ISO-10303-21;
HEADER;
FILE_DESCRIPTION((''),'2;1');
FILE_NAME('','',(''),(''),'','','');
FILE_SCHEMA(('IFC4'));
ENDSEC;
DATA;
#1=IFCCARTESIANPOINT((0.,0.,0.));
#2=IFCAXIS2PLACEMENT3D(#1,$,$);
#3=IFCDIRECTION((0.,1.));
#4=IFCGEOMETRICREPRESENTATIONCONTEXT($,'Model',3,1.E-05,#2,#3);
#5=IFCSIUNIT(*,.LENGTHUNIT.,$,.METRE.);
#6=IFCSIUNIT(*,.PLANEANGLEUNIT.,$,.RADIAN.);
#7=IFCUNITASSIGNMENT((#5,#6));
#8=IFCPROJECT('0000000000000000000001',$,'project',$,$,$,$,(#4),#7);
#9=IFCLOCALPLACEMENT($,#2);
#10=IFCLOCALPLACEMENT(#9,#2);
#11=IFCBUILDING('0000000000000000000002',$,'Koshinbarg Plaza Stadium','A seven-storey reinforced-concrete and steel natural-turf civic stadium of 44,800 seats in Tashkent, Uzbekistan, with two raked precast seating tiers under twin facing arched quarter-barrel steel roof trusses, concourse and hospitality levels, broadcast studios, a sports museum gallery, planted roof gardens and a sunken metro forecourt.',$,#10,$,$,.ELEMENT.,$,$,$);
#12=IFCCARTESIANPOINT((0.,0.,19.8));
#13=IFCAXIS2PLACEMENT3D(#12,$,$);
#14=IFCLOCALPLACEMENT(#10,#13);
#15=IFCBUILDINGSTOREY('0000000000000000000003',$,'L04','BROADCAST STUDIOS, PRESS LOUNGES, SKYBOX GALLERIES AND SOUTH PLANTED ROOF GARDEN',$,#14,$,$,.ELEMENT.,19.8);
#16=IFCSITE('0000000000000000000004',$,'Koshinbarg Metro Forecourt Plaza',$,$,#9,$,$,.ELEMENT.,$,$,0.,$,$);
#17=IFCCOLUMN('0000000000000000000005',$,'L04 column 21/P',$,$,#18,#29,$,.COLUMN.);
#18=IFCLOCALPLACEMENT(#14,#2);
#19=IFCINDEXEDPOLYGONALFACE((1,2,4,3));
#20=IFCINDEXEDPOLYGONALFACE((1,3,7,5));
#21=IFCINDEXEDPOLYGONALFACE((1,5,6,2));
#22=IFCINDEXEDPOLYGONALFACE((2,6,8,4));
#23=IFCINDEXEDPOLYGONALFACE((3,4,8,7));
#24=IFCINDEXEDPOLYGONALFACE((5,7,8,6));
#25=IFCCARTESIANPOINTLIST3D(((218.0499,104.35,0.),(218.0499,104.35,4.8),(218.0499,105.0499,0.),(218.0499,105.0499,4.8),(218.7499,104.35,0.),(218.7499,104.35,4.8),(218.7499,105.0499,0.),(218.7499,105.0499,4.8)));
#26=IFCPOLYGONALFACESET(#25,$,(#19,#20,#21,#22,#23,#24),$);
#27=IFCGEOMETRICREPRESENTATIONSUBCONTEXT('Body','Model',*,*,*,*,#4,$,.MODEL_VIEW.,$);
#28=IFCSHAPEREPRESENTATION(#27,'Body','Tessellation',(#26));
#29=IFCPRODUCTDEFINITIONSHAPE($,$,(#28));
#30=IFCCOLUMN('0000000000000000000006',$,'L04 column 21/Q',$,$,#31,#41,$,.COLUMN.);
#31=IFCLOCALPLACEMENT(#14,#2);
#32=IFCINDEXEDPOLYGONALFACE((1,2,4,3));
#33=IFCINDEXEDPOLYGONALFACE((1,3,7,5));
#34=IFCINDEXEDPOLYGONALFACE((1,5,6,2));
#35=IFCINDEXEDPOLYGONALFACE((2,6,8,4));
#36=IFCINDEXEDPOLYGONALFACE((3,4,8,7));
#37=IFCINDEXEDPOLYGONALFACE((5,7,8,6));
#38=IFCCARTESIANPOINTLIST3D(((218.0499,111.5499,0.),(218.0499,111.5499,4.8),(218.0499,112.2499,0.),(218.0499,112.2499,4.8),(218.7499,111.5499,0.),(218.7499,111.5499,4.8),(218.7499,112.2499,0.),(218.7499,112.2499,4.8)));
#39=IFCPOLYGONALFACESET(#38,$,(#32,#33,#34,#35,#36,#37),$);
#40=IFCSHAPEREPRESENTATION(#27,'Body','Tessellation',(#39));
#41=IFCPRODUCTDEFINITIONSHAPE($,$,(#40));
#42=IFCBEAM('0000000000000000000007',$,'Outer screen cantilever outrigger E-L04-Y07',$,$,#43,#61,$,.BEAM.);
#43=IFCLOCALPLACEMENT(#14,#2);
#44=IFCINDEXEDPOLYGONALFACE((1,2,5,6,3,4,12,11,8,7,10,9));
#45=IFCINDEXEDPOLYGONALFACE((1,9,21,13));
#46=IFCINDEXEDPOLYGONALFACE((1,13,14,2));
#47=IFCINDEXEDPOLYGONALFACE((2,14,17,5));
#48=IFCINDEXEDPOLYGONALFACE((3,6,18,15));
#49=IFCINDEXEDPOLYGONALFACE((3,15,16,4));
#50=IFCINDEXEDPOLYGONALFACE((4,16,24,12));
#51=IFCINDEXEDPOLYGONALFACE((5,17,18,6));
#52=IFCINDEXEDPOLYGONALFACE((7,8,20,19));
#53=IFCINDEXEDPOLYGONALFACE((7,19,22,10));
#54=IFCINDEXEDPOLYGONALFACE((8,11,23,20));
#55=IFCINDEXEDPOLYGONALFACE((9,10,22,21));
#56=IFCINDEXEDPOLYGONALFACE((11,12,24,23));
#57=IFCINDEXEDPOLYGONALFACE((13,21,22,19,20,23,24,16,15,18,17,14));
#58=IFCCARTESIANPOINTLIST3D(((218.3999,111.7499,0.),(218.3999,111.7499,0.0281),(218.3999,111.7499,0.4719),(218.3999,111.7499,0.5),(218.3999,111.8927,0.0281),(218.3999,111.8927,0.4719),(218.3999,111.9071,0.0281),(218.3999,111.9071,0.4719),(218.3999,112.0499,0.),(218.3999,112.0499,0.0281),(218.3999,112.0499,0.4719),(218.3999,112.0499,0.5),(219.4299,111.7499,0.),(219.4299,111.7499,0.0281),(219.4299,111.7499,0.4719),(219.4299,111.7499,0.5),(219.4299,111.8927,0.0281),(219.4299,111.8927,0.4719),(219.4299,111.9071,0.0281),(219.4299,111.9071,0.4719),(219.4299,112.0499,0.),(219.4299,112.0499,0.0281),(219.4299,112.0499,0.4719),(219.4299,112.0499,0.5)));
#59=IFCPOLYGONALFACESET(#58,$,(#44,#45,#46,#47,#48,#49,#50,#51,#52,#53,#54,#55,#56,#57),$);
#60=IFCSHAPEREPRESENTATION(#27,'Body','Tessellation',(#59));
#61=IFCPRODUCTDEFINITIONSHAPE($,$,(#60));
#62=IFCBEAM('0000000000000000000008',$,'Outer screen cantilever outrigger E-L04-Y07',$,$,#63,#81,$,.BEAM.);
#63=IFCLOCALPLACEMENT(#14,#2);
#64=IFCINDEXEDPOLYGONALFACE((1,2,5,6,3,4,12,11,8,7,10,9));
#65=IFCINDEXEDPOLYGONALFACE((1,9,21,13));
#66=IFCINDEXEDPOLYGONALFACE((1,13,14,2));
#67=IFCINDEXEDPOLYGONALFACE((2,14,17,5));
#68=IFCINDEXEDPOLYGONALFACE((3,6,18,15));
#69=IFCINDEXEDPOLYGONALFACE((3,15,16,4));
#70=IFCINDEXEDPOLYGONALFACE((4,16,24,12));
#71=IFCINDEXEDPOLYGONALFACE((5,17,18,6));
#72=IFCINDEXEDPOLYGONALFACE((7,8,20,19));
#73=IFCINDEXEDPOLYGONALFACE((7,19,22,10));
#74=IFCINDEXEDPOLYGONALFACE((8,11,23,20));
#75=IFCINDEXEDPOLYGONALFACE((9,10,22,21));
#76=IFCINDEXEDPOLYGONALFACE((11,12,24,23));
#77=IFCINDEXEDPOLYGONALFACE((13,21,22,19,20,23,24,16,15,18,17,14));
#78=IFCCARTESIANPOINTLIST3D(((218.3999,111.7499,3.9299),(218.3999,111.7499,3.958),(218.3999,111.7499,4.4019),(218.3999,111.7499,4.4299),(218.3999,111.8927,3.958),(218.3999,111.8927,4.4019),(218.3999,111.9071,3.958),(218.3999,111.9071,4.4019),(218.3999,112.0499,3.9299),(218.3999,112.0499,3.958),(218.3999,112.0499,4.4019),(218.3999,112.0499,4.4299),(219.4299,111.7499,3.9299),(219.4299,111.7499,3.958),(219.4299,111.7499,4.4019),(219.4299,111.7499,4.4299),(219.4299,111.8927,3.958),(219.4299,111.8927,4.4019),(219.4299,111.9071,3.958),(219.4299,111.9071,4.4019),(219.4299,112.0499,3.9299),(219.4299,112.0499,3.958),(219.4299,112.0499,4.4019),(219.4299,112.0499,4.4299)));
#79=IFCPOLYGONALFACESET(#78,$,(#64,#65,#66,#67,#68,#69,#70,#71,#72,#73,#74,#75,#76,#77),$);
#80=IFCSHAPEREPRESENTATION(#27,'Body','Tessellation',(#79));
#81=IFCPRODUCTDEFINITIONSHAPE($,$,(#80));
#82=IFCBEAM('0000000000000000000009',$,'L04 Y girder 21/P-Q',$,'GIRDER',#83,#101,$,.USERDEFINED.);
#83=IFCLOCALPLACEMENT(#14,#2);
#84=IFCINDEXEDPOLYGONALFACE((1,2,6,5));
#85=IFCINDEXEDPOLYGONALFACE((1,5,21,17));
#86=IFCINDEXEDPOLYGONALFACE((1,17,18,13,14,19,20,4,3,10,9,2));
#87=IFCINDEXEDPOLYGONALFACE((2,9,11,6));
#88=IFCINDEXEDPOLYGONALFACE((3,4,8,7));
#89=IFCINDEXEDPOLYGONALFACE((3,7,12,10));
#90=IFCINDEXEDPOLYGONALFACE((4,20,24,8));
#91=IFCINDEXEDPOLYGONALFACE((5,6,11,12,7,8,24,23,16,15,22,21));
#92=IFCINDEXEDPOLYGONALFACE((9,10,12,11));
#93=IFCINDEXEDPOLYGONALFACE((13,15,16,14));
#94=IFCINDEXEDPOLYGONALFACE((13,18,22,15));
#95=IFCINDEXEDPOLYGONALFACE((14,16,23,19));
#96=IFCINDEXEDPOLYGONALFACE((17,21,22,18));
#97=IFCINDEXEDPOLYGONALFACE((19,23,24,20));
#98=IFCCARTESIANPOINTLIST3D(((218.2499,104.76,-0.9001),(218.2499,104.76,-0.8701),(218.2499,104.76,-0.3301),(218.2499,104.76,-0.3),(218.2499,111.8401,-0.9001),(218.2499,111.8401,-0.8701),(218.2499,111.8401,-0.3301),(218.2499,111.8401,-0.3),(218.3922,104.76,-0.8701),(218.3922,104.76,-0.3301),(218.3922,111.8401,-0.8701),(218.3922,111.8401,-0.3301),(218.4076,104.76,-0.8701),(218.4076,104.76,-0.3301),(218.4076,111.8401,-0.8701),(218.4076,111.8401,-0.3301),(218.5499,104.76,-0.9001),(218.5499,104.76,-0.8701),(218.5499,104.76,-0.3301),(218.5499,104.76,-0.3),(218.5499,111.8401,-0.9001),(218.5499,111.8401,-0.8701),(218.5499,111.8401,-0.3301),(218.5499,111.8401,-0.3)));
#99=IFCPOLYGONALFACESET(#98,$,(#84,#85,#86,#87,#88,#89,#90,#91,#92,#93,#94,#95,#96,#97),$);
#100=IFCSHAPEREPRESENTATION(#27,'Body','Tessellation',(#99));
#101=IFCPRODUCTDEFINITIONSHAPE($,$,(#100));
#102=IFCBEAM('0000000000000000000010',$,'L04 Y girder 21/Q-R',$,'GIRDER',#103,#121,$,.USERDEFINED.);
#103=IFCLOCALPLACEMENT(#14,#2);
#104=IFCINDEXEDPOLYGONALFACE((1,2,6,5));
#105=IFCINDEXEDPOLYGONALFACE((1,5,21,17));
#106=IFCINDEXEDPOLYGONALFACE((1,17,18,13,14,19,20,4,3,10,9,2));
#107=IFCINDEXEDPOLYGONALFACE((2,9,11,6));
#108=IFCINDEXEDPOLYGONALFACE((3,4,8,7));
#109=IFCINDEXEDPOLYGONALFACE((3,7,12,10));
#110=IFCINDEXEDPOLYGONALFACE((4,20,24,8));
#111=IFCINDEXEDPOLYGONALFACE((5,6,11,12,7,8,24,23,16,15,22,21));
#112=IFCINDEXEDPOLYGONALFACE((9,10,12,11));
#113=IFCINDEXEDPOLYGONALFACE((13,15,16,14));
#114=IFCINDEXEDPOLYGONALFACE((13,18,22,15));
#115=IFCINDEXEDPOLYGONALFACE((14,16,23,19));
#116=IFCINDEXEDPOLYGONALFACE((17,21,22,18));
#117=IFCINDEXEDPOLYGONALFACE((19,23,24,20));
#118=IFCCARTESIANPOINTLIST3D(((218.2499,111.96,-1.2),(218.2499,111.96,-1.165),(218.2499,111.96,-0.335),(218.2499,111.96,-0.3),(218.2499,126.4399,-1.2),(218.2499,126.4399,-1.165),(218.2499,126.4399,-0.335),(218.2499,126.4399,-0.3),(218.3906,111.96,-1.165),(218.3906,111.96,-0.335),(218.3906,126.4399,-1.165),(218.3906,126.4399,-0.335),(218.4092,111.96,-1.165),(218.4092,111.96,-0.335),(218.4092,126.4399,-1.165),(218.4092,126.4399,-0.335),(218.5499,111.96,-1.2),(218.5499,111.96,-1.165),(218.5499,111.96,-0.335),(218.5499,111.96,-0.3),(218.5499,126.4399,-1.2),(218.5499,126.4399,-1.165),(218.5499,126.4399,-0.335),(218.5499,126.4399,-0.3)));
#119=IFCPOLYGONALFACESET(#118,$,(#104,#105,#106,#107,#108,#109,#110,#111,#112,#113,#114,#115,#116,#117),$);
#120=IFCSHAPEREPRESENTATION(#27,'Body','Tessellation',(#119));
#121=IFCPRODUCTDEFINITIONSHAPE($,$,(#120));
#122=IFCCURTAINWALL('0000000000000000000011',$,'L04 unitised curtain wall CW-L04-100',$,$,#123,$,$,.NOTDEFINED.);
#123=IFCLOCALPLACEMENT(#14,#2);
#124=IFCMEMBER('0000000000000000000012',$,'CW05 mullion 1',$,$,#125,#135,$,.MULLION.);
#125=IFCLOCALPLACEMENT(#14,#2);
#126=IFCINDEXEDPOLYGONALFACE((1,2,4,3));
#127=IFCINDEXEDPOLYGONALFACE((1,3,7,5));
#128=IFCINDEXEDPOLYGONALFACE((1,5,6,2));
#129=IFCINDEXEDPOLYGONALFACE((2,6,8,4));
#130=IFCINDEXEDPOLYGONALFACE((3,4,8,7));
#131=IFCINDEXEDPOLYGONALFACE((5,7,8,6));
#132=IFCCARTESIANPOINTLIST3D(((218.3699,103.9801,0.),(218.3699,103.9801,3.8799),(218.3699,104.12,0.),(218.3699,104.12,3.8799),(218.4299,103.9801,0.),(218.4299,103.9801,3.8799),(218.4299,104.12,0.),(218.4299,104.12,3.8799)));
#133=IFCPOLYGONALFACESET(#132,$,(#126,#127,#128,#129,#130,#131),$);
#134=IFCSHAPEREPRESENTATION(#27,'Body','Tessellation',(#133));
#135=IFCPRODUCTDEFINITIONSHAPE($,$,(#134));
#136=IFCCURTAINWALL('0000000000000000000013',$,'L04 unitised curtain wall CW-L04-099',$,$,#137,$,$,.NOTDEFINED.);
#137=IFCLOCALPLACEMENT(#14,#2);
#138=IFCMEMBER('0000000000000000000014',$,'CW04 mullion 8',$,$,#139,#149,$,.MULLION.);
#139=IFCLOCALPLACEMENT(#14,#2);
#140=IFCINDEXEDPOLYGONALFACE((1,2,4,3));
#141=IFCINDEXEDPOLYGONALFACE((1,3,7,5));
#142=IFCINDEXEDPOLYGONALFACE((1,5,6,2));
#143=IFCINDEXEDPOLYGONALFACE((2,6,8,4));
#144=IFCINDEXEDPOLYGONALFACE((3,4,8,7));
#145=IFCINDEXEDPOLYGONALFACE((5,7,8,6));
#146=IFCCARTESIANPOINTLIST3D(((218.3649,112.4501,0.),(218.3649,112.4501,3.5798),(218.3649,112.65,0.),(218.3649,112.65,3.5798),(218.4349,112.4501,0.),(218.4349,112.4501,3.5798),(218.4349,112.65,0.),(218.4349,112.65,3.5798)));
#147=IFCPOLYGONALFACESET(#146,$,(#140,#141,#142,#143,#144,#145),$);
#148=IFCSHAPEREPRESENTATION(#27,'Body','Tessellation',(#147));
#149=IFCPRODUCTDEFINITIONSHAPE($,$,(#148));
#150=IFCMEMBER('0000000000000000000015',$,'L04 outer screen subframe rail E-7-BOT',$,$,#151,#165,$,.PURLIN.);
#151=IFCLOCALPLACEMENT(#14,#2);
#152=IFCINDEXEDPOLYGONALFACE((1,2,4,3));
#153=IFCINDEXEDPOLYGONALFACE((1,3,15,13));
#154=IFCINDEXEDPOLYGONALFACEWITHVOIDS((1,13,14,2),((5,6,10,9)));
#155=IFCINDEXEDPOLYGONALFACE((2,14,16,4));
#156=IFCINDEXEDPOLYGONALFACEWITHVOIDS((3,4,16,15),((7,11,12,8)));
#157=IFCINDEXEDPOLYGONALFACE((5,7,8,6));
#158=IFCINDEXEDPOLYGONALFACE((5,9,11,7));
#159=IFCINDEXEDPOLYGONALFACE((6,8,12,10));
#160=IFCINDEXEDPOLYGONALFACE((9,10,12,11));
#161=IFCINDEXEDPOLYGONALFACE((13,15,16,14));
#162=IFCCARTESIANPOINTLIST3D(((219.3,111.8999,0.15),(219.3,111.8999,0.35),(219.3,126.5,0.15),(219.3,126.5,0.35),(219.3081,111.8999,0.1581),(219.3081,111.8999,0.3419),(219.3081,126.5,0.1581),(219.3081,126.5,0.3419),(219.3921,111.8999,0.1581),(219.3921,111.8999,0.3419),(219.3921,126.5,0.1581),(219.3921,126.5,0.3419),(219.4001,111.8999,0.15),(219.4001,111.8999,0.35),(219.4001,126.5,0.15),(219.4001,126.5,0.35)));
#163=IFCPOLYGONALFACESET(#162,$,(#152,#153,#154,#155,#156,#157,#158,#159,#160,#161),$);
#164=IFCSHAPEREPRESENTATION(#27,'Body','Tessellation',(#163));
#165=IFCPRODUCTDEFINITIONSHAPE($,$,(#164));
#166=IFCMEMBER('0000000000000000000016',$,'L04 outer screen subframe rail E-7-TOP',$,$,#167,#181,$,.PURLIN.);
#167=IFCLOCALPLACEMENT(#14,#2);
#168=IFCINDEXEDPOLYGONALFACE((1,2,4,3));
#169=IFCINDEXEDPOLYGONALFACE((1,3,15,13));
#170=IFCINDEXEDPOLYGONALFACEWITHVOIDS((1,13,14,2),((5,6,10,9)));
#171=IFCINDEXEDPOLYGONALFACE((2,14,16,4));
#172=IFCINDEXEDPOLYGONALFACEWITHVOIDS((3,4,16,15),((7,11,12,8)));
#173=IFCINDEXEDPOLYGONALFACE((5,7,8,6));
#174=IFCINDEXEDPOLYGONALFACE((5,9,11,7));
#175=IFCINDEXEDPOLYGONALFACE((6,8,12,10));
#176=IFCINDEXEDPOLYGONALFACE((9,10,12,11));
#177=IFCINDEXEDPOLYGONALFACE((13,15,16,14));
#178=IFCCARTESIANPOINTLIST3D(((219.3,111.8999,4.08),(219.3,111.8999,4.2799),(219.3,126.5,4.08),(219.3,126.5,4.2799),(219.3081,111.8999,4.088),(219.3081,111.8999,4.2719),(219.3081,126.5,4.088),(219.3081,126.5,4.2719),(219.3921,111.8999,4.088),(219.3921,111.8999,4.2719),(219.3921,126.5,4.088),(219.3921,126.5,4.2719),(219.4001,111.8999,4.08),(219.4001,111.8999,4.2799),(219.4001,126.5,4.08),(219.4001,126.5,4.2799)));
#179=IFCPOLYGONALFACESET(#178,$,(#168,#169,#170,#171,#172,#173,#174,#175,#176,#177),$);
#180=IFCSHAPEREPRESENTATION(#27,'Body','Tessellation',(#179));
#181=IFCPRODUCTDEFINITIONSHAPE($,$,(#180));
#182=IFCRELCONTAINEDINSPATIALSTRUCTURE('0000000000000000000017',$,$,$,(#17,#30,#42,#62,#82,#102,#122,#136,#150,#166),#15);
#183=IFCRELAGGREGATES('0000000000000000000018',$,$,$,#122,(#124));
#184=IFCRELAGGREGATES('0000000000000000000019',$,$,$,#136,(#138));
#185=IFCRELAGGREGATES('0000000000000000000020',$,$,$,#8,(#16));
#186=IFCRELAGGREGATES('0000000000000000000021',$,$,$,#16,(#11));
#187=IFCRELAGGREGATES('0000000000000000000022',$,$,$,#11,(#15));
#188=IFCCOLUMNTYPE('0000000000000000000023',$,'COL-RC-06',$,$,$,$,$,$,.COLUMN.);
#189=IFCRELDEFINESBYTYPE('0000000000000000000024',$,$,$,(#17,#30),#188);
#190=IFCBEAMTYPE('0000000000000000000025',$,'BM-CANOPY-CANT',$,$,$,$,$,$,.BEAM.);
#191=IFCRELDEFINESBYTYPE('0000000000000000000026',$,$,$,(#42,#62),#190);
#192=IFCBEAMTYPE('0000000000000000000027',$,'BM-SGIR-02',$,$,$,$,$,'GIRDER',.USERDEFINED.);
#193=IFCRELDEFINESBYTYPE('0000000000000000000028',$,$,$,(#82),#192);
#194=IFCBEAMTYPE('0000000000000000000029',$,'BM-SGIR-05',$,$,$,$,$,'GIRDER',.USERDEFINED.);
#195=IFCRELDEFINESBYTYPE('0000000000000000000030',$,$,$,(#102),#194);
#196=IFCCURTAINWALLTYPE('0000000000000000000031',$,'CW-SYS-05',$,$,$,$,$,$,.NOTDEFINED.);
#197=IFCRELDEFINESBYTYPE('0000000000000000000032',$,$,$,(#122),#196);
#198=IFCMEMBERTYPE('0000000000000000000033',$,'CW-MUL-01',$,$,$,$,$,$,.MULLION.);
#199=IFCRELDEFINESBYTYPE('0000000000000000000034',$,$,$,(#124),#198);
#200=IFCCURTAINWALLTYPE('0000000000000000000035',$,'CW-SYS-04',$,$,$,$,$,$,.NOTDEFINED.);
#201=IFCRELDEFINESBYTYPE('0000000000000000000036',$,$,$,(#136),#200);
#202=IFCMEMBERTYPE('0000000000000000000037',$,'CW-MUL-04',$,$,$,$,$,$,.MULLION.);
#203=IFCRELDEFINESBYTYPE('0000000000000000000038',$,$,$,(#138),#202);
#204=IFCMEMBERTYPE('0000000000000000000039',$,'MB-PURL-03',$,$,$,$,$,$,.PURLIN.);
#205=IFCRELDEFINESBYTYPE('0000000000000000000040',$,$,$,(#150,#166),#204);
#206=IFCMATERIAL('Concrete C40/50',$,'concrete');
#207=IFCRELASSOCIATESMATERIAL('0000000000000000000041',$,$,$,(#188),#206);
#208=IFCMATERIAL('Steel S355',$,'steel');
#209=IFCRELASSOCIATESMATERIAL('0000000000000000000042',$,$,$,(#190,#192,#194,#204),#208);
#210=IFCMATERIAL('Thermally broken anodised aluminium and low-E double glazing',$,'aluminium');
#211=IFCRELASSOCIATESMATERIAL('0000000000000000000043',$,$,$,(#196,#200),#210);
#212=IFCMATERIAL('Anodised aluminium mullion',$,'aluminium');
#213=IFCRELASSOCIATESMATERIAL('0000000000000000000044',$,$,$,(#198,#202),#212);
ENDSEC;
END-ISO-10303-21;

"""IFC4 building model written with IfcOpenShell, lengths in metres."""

from ifc_helpers import new_model, si_unit, direction, frame, origin, origin_2d, place, context, subcontext, project, spatial, rectangle, hollow_rectangle, i_section, extrude, material, material_profile, profile_set, type_object, element, aggregate, save


model = new_model("IFC4")

# Units and contexts
model_context = context("Model", 3, precision=1e-05, world=origin(), true_north=direction((0.0, 1.0)))
body_context = subcontext(model_context, "Body", "Model", "MODEL_VIEW")
ifc_project = project(units=[si_unit("LENGTHUNIT", "METRE"), si_unit("PLANEANGLEUNIT", "RADIAN")], contexts=[model_context])

# Site, building, storey
site_placement = place(None, origin())
site = spatial("IfcSite", under=ifc_project, at=site_placement, Name="Koshinbarg Metro Forecourt Plaza", CompositionType="ELEMENT", RefElevation=0.0)
building_placement = place(site_placement, origin())
building = spatial("IfcBuilding", under=site, at=building_placement, Name="Koshinbarg Plaza Stadium", Description="A seven-storey reinforced-concrete and steel natural-turf civic stadium of 44,800 seats in Tashkent, Uzbekistan, with two raked precast seating tiers under twin facing arched quarter-barrel steel roof trusses, concourse and hospitality levels, broadcast studios, a sports museum gallery, planted roof gardens and a sunken metro forecourt.", CompositionType="ELEMENT")
storey_placement = place(building_placement, frame((0.0, 0.0, 19.8)))
storey = spatial("IfcBuildingStorey", under=building, at=storey_placement, Name="L04", Description="BROADCAST STUDIOS, PRESS LOUNGES, SKYBOX GALLERIES AND SOUTH PLANTED ROOF GARDEN", CompositionType="ELEMENT", Elevation=19.8)

# Columns
ifc_material_1 = material(Name="Concrete C40/50", Category="concrete")
ifc_material_profile_1 = material_profile(ifc_material_1, rectangle(XDim=0.7, YDim=0.7, at=origin_2d()), Name="RC 700x700")
ifc_profile_set_1 = profile_set([ifc_material_profile_1], Name="Concrete C40/50")
column_type = type_object("IfcColumnType", Name="COL-RC-06", PredefinedType="COLUMN", material=ifc_profile_set_1)
for number, where, z_axis, x_axis, name in (
    (1, (218.3999, 104.7, 0.0), (0.0, 0.0, 1.0), (1.0, 0.0, 0.0), "L04 column 21/P"),
    (2, (218.3999, 111.8999, 0.0), (0.0, 0.0, 1.0), (1.0, 0.0, 0.0), "L04 column 21/Q"),
):
    element("IfcColumn", number, at=place(storey_placement, frame(where, z_axis=z_axis, x_axis=x_axis)), inside=storey, type_object=column_type, Name=name, PredefinedType="COLUMN", context=body_context, shape_type="SweptSolid", body=[
        extrude(rectangle(XDim=0.7, YDim=0.7, at=origin_2d()), origin(), (0.0, 0.0, 1.0), 4.8),
    ])

# Beams
ifc_material_2 = material(Name="Steel S355", Category="steel")
ifc_material_profile_2 = material_profile(ifc_material_2, i_section(OverallWidth=0.3, OverallDepth=0.5, WebThickness=0.0144, FlangeThickness=0.0281, at=origin_2d()), Name="HEB 500")
ifc_profile_set_2 = profile_set([ifc_material_profile_2], Name="Steel S355")
beam_type_1 = type_object("IfcBeamType", Name="BM-CANOPY-CANT", PredefinedType="BEAM", material=ifc_profile_set_2)
for number, where, z_axis, x_axis, name in (
    (3, (218.3999, 111.8999, 0.25), (1.0, 0.0, 0.0), (0.0, 1.0, 0.0), "Outer screen cantilever outrigger E-L04-Y07"),
    (4, (218.3999, 111.8999, 4.1799), (1.0, 0.0, 0.0), (0.0, 1.0, 0.0), "Outer screen cantilever outrigger E-L04-Y07"),
):
    element("IfcBeam", number, at=place(storey_placement, frame(where, z_axis=z_axis, x_axis=x_axis)), inside=storey, type_object=beam_type_1, Name=name, PredefinedType="BEAM", context=body_context, shape_type="SweptSolid", body=[
        extrude(i_section(OverallWidth=0.3, OverallDepth=0.5, WebThickness=0.0144, FlangeThickness=0.0281, at=origin_2d()), origin(), (0.0, 0.0, 1.0), 1.03),
    ])
ifc_material_profile_3 = material_profile(ifc_material_2, i_section(OverallWidth=0.3, OverallDepth=0.6001, WebThickness=0.0154, FlangeThickness=0.03, at=origin_2d()), Name="HEB 600")
ifc_profile_set_3 = profile_set([ifc_material_profile_3], Name="Steel S355")
beam_type_2 = type_object("IfcBeamType", Name="BM-SGIR-02", ElementType="GIRDER", PredefinedType="USERDEFINED", material=ifc_profile_set_3)
beam_1_placement = place(storey_placement, frame((218.3999, 104.76, -0.6001), z_axis=(0.0, 1.0, 0.0), x_axis=(-1.0, 0.0, 0.0)))
element("IfcBeam", 5, at=beam_1_placement, inside=storey, type_object=beam_type_2, Name="L04 Y girder 21/P-Q", ObjectType="GIRDER", PredefinedType="USERDEFINED", context=body_context, shape_type="SweptSolid", body=[
    extrude(i_section(OverallWidth=0.3, OverallDepth=0.6001, WebThickness=0.0154, FlangeThickness=0.03, at=origin_2d()), origin(), (0.0, 0.0, 1.0), 7.0801),
])
ifc_material_profile_4 = material_profile(ifc_material_2, i_section(OverallWidth=0.3, OverallDepth=0.8999, WebThickness=0.0186, FlangeThickness=0.0349, at=origin_2d()), Name="HEB 900")
ifc_profile_set_4 = profile_set([ifc_material_profile_4], Name="Steel S355")
beam_type_3 = type_object("IfcBeamType", Name="BM-SGIR-05", ElementType="GIRDER", PredefinedType="USERDEFINED", material=ifc_profile_set_4)
beam_2_placement = place(storey_placement, frame((218.3999, 111.96, -0.75), z_axis=(0.0, 1.0, 0.0), x_axis=(-1.0, 0.0, 0.0)))
element("IfcBeam", 6, at=beam_2_placement, inside=storey, type_object=beam_type_3, Name="L04 Y girder 21/Q-R", ObjectType="GIRDER", PredefinedType="USERDEFINED", context=body_context, shape_type="SweptSolid", body=[
    extrude(i_section(OverallWidth=0.3, OverallDepth=0.8999, WebThickness=0.0186, FlangeThickness=0.0349, at=origin_2d()), origin(), (0.0, 0.0, 1.0), 14.48),
])

# Curtain walls, members
ifc_material_3 = material(Name="Thermally broken anodised aluminium and low-E double glazing", Category="aluminium")
curtain_wall_type_1 = type_object("IfcCurtainWallType", Name="CW-SYS-05", PredefinedType="NOTDEFINED", material=ifc_material_3)
curtain_wall_1_placement = place(storey_placement, origin())
curtain_wall_1 = element("IfcCurtainWall", 7, at=curtain_wall_1_placement, inside=storey, type_object=curtain_wall_type_1, Name="L04 unitised curtain wall CW-L04-100", PredefinedType="NOTDEFINED")
ifc_material_4 = material(Name="Anodised aluminium mullion", Category="aluminium")
ifc_material_profile_5 = material_profile(ifc_material_4, rectangle(XDim=0.0601, YDim=0.1399, at=origin_2d()), Name="ALU 60x140")
ifc_profile_set_5 = profile_set([ifc_material_profile_5], Name="Anodised aluminium mullion")
member_type_1 = type_object("IfcMemberType", Name="CW-MUL-01", PredefinedType="MULLION", material=ifc_profile_set_5)
member_1_placement = place(storey_placement, frame((218.3999, 104.05, 0.0), z_axis=(0.0, 0.0, 1.0), x_axis=(1.0, 0.0, 0.0)))
member_1 = element("IfcMember", 8, at=member_1_placement, type_object=member_type_1, Name="CW05 mullion 1", PredefinedType="MULLION", context=body_context, shape_type="SweptSolid", body=[
    extrude(rectangle(XDim=0.0601, YDim=0.1399, at=origin_2d()), origin(), (0.0, 0.0, 1.0), 3.8799),
])
aggregate(curtain_wall_1, [member_1])
curtain_wall_type_2 = type_object("IfcCurtainWallType", Name="CW-SYS-04", PredefinedType="NOTDEFINED", material=ifc_material_3)
curtain_wall_2_placement = place(storey_placement, origin())
curtain_wall_2 = element("IfcCurtainWall", 9, at=curtain_wall_2_placement, inside=storey, type_object=curtain_wall_type_2, Name="L04 unitised curtain wall CW-L04-099", PredefinedType="NOTDEFINED")
ifc_material_profile_6 = material_profile(ifc_material_4, rectangle(XDim=0.0701, YDim=0.2, at=origin_2d()), Name="ALU 70x200")
ifc_profile_set_6 = profile_set([ifc_material_profile_6], Name="Anodised aluminium mullion")
member_type_2 = type_object("IfcMemberType", Name="CW-MUL-04", PredefinedType="MULLION", material=ifc_profile_set_6)
member_2_placement = place(storey_placement, frame((218.3999, 112.55, 0.0), z_axis=(0.0, 0.0, 1.0), x_axis=(1.0, 0.0, 0.0)))
member_2 = element("IfcMember", 10, at=member_2_placement, type_object=member_type_2, Name="CW04 mullion 8", PredefinedType="MULLION", context=body_context, shape_type="SweptSolid", body=[
    extrude(rectangle(XDim=0.0701, YDim=0.2, at=origin_2d()), origin(), (0.0, 0.0, 1.0), 3.5798),
])
aggregate(curtain_wall_2, [member_2])

# Members
ifc_material_profile_7 = material_profile(ifc_material_2, hollow_rectangle(XDim=0.1001, YDim=0.2, WallThickness=0.0081, at=origin_2d()), Name="RHS 200x100x8")
ifc_profile_set_7 = profile_set([ifc_material_profile_7], Name="Steel S355")
member_type_3 = type_object("IfcMemberType", Name="MB-PURL-03", PredefinedType="PURLIN", material=ifc_profile_set_7)
for number, where, z_axis, x_axis, name in (
    (11, (219.3501, 111.8999, 0.25), (0.0, 1.0, 0.0), (-1.0, 0.0, 0.0), "L04 outer screen subframe rail E-7-BOT"),
    (12, (219.3501, 111.8999, 4.1799), (0.0, 1.0, 0.0), (-1.0, 0.0, 0.0), "L04 outer screen subframe rail E-7-TOP"),
):
    element("IfcMember", number, at=place(storey_placement, frame(where, z_axis=z_axis, x_axis=x_axis)), inside=storey, type_object=member_type_3, Name=name, PredefinedType="PURLIN", context=body_context, shape_type="SweptSolid", body=[
        extrude(hollow_rectangle(XDim=0.1001, YDim=0.2, WallThickness=0.0081, at=origin_2d()), origin(), (0.0, 0.0, 1.0), 14.6001),
    ])

save(model, "model.ifc")
